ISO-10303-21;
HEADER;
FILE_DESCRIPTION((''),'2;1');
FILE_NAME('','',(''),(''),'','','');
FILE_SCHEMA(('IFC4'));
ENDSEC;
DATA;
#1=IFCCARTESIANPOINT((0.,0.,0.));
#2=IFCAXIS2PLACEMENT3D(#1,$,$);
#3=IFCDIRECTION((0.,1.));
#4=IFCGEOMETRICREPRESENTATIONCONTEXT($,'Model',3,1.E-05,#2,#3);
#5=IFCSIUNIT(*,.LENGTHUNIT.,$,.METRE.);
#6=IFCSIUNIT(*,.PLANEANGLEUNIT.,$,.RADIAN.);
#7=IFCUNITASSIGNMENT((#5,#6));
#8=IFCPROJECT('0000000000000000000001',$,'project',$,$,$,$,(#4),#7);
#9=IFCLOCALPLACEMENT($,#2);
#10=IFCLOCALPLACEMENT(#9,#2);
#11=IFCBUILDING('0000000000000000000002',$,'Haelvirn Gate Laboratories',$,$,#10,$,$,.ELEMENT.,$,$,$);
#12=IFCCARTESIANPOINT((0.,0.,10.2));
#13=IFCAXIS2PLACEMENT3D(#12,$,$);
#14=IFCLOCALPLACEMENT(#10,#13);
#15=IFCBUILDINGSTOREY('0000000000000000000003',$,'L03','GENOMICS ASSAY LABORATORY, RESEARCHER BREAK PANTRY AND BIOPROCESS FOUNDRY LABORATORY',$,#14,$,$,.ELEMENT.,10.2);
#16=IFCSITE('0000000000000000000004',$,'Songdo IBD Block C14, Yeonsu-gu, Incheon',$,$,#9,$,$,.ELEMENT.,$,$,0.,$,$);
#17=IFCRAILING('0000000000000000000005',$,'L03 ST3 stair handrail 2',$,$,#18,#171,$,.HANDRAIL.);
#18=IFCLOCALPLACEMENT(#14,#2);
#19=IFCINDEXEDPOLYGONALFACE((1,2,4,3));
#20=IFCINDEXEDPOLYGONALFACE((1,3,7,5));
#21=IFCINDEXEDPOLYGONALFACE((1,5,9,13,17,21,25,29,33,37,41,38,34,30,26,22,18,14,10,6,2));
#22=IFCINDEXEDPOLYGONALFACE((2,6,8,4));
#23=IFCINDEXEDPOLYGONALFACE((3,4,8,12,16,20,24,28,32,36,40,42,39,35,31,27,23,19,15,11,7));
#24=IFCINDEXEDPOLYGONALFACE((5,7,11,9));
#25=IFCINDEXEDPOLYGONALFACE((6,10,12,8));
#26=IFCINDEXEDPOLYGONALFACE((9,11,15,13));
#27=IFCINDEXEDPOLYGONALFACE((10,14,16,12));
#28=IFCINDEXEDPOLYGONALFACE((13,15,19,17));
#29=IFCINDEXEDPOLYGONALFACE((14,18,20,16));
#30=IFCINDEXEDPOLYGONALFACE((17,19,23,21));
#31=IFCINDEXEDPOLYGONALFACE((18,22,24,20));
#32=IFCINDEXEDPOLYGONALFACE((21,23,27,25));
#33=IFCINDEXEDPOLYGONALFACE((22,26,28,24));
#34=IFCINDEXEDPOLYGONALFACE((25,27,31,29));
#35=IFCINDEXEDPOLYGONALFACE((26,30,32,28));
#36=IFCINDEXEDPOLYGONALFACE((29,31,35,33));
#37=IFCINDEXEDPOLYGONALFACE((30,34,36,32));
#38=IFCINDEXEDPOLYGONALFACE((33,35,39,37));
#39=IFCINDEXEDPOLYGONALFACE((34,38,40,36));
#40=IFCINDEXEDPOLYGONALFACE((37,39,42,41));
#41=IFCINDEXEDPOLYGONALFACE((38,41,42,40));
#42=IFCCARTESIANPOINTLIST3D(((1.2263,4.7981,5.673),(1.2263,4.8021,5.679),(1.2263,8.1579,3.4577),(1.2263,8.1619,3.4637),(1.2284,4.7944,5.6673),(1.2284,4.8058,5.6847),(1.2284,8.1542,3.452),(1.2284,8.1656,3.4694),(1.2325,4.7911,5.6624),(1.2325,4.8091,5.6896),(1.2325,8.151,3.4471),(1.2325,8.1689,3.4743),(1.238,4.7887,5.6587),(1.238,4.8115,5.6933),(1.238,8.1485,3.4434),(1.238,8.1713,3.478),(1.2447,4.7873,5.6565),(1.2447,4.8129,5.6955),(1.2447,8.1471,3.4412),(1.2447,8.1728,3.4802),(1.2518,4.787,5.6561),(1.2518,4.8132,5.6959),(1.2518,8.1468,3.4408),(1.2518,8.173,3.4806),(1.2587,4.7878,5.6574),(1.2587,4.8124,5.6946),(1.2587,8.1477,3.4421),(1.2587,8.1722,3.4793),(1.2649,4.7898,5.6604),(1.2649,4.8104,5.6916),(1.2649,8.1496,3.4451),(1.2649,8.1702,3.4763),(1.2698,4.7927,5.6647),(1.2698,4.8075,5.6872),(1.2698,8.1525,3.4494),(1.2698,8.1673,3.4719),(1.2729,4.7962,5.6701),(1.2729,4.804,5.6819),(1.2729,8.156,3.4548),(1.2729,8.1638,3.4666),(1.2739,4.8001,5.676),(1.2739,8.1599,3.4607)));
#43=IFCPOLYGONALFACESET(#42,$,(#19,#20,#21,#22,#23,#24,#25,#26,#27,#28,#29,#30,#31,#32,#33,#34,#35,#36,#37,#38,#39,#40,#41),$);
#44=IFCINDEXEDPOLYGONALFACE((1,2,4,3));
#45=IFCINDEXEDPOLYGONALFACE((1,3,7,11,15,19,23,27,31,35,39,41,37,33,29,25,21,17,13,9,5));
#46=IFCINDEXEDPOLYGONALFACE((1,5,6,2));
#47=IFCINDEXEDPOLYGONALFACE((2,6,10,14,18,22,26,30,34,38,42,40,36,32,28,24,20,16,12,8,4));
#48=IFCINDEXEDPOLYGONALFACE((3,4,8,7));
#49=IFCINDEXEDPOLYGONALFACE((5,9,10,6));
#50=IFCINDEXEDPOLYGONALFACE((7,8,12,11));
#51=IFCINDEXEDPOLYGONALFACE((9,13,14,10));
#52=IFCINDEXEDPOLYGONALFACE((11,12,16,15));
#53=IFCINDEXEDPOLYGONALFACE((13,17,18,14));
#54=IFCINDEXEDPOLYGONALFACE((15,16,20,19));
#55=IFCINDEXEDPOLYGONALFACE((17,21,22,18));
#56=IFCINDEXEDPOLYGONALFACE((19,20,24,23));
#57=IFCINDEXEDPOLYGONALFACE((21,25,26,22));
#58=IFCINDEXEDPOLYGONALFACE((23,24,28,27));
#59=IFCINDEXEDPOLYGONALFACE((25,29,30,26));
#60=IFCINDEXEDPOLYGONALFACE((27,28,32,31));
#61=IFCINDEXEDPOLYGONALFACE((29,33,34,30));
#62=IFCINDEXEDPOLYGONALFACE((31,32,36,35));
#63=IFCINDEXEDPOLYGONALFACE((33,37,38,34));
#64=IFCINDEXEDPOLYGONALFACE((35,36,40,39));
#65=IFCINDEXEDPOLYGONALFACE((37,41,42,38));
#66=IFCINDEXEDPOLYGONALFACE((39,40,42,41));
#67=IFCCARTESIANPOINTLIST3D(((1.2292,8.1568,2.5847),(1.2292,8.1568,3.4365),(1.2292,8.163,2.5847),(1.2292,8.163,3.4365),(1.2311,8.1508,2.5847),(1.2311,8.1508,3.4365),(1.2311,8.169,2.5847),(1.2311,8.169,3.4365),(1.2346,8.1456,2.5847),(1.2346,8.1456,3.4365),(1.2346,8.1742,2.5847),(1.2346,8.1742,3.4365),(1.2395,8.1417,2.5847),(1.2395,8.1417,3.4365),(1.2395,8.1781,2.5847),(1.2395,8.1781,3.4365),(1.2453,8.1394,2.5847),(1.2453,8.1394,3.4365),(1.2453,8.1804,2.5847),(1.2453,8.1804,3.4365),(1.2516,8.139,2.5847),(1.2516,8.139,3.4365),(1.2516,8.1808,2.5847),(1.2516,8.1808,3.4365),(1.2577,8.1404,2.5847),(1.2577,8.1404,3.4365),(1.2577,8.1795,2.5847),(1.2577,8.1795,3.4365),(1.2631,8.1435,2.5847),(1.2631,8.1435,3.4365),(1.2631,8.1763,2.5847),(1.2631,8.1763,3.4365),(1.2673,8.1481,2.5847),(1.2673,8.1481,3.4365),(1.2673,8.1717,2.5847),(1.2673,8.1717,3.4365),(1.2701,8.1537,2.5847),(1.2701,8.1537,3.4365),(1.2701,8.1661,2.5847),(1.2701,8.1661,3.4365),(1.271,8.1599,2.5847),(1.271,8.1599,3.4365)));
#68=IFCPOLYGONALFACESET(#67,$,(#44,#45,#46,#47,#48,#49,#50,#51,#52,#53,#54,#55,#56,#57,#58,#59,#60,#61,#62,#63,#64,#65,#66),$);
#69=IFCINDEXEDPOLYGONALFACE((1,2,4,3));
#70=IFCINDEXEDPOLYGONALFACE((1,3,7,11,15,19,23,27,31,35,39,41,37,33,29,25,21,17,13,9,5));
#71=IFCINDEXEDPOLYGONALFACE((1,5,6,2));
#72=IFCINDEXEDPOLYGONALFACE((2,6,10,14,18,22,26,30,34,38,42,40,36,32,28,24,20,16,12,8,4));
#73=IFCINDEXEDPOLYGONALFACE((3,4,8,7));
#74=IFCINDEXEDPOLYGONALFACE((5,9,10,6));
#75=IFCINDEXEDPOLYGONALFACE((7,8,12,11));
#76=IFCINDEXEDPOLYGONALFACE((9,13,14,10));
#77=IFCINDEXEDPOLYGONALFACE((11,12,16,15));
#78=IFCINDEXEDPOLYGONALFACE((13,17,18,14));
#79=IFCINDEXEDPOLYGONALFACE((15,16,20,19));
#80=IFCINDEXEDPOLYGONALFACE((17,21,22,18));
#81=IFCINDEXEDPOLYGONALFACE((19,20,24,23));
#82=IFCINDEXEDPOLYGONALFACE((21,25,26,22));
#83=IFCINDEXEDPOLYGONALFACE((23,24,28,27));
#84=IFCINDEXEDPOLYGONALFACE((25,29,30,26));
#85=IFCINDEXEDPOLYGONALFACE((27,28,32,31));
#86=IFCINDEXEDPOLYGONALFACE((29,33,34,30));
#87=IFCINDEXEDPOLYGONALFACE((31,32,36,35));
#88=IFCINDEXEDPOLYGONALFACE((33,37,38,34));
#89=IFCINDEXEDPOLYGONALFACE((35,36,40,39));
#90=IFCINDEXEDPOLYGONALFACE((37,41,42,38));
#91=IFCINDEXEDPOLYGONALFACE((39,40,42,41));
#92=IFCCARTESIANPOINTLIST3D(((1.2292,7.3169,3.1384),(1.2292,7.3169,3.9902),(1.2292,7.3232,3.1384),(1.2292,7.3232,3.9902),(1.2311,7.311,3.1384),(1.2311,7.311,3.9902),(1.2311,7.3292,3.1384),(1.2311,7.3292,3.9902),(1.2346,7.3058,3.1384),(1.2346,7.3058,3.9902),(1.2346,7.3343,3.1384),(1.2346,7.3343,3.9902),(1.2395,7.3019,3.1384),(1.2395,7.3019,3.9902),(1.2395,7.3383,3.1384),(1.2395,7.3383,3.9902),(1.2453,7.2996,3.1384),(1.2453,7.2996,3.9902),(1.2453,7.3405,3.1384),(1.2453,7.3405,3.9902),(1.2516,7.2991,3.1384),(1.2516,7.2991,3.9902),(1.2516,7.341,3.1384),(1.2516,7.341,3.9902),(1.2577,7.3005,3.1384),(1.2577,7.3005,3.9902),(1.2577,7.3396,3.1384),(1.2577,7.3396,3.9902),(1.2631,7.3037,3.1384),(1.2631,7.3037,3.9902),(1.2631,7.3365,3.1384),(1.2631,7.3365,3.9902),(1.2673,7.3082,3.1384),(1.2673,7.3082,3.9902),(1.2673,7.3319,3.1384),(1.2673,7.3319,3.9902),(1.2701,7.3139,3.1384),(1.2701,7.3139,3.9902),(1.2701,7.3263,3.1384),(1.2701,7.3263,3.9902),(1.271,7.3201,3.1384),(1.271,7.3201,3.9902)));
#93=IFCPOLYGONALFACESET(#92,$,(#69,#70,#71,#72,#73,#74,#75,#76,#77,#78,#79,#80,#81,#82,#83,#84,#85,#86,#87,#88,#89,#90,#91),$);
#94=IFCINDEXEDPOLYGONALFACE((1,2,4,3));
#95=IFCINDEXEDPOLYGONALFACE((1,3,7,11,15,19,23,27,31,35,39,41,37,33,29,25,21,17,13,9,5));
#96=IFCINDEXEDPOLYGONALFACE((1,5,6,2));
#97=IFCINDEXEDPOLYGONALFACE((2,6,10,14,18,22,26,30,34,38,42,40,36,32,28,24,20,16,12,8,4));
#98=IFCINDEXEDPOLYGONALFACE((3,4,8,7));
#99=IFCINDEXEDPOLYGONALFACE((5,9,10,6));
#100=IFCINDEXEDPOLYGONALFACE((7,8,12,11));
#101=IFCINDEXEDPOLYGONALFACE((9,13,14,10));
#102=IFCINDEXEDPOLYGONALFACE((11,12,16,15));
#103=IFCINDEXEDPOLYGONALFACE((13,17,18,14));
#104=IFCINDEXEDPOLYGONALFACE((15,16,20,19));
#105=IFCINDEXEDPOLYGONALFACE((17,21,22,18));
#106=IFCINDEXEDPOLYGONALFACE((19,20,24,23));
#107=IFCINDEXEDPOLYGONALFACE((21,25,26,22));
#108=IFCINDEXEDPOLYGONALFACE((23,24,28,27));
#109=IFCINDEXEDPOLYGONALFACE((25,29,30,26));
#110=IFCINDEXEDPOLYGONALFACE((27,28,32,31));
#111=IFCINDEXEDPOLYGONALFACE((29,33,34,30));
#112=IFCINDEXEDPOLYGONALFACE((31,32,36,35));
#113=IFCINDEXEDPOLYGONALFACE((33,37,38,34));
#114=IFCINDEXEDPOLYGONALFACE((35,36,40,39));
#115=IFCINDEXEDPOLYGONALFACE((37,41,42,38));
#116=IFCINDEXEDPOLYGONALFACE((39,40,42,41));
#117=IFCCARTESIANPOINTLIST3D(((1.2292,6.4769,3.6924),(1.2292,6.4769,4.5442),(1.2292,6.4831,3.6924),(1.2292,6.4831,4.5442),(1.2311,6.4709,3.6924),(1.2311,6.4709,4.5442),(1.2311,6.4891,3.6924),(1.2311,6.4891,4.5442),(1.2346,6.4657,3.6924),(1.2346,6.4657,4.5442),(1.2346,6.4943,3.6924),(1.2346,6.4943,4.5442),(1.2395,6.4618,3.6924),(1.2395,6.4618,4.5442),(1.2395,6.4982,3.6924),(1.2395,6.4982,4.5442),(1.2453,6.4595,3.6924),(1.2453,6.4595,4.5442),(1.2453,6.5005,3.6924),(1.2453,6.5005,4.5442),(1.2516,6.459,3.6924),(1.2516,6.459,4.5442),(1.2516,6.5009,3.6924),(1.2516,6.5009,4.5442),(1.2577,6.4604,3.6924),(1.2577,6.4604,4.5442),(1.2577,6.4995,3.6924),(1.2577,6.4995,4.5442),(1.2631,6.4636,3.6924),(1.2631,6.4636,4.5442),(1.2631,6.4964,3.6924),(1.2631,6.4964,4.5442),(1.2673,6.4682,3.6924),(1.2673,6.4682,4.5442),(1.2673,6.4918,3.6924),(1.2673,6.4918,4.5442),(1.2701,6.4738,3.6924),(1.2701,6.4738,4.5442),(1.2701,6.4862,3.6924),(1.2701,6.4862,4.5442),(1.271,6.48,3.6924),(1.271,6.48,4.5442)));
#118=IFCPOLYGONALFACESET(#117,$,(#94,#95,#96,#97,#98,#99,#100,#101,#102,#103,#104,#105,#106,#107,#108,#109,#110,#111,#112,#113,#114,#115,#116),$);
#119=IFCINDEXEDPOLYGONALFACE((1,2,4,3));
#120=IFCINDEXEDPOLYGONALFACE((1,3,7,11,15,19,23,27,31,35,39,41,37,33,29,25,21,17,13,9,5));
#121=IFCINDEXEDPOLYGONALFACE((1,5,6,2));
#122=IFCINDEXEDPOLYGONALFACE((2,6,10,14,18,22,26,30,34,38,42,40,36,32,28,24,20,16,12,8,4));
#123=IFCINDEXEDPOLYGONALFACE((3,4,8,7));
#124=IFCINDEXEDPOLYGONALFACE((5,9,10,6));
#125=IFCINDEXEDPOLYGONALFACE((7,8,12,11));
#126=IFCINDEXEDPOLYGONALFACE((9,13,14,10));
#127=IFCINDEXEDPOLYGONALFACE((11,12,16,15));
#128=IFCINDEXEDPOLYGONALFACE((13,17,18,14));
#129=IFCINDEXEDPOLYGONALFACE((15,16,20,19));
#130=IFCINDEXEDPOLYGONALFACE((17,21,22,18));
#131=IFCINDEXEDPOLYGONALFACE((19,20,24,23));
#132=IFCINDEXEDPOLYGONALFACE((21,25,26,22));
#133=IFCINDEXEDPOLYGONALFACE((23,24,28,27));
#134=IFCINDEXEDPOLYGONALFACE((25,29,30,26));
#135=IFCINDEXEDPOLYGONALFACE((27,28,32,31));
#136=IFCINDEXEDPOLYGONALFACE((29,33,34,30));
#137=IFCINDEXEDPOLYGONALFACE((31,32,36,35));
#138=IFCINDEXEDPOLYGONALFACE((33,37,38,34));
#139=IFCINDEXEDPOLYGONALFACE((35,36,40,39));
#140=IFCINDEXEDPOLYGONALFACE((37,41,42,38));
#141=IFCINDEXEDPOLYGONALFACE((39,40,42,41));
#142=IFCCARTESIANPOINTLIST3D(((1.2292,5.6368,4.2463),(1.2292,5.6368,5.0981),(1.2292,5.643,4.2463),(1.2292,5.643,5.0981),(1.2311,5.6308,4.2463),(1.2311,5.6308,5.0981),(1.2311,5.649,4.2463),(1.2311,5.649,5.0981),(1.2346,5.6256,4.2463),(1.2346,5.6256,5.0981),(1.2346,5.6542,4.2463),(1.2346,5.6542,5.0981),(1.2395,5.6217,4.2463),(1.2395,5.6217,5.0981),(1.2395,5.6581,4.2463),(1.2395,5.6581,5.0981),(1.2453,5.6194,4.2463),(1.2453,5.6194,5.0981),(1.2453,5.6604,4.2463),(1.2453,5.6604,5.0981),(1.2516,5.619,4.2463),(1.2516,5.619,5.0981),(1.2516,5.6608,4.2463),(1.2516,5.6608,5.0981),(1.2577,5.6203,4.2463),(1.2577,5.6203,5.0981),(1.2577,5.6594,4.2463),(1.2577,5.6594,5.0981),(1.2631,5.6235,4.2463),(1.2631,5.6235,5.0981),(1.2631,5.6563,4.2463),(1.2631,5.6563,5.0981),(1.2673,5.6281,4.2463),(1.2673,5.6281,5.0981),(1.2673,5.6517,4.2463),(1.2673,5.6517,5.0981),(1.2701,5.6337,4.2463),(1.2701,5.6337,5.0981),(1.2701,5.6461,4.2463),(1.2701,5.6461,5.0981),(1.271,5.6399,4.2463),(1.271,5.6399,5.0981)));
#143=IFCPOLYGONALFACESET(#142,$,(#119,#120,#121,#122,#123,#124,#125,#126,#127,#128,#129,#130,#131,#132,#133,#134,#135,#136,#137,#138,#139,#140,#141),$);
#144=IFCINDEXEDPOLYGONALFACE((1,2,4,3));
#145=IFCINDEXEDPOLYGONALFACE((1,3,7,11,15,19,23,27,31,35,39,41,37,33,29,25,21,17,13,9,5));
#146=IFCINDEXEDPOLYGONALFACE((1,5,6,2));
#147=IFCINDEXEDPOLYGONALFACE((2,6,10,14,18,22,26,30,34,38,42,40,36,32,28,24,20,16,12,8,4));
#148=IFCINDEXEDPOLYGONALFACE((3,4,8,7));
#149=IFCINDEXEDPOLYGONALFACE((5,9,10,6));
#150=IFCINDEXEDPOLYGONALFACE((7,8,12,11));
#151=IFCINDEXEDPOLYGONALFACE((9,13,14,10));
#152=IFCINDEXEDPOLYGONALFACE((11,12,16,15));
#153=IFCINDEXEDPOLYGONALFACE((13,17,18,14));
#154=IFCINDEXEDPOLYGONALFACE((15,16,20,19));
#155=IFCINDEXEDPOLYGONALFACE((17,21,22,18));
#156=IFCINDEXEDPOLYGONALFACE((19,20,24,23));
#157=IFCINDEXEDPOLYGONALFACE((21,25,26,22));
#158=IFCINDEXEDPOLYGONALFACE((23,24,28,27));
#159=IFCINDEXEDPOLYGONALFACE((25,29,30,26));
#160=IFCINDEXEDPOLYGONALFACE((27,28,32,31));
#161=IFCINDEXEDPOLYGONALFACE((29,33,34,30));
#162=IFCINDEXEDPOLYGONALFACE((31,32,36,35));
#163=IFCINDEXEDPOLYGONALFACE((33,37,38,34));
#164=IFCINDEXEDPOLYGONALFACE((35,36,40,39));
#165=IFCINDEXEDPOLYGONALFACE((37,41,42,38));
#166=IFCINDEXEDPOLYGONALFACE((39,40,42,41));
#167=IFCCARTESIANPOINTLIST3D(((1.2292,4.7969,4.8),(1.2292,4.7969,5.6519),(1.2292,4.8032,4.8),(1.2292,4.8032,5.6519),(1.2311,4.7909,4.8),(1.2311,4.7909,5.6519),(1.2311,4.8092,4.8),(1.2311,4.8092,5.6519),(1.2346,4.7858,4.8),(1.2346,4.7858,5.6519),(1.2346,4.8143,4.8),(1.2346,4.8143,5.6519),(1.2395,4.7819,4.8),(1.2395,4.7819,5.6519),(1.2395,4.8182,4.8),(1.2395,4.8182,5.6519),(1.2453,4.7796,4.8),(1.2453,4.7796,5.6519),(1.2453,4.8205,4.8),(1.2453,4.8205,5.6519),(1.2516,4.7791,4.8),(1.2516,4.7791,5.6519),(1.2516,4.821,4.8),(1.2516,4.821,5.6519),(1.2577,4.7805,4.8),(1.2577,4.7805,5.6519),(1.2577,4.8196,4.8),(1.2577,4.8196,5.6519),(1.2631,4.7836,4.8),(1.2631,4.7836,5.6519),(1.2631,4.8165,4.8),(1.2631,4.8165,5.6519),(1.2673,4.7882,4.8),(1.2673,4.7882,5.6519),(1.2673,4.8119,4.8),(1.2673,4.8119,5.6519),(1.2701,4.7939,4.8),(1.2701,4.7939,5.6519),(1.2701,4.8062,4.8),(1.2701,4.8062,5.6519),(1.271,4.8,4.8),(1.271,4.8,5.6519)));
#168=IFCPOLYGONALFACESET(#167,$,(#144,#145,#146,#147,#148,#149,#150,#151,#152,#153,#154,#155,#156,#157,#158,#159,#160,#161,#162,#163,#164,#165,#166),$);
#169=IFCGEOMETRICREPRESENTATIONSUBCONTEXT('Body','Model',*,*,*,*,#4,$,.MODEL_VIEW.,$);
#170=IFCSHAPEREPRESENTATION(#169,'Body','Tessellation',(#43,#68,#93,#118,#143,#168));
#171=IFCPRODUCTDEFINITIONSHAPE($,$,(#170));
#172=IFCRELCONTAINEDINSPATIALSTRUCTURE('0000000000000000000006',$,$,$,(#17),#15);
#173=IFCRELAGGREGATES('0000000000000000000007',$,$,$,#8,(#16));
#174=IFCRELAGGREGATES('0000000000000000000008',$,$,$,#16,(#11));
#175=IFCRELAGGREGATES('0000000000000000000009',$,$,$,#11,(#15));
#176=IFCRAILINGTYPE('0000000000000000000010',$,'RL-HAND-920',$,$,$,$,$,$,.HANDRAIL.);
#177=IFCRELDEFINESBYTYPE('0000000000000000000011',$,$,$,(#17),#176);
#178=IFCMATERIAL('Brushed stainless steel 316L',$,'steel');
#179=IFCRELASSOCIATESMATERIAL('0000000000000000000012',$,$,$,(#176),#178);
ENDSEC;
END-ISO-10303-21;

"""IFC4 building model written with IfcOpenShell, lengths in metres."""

from ifc_helpers import new_model, si_unit, direction, frame, origin, origin_2d, place, context, subcontext, project, spatial, circle, extrude, source, transform, mapped, material, type_object, element, save


model = new_model("IFC4")

# Units and contexts
model_context = context("Model", 3, precision=1e-05, world=origin(), true_north=direction((0.0, 1.0)))
body_context = subcontext(model_context, "Body", "Model", "MODEL_VIEW")
ifc_project = project(units=[si_unit("LENGTHUNIT", "METRE"), si_unit("PLANEANGLEUNIT", "RADIAN")], contexts=[model_context])

# Site, building, storey
site_placement = place(None, origin())
site = spatial("IfcSite", under=ifc_project, at=site_placement, Name="Songdo IBD Block C14, Yeonsu-gu, Incheon", CompositionType="ELEMENT", RefElevation=0.0)
building_placement = place(site_placement, origin())
building = spatial("IfcBuilding", under=site, at=building_placement, Name="Haelvirn Gate Laboratories", CompositionType="ELEMENT")
storey_placement = place(building_placement, frame((0.0, 0.0, 10.2)))
storey = spatial("IfcBuildingStorey", under=building, at=storey_placement, Name="L03", Description="GENOMICS ASSAY LABORATORY, RESEARCHER BREAK PANTRY AND BIOPROCESS FOUNDRY LABORATORY", CompositionType="ELEMENT", Elevation=10.2)

# Railing
ifc_material_1 = material(Name="Brushed stainless steel 316L", Category="steel")
railing_type_1 = type_object("IfcRailingType", Name="RL-HAND-920", PredefinedType="HANDRAIL", material=ifc_material_1)
shared_shape_1 = source(origin(), body_context, "Body", "SweptSolid", [
    extrude(circle(Radius=0.0239, at=origin_2d()), frame((0.0, 0.0, 0.876), z_axis=(0.0, -0.834858, 0.550465), x_axis=(1.0, 0.0, 0.0)), (0.0, 0.0, 1.0), 4.0244),
    extrude(circle(Radius=0.021, at=origin_2d()), origin(), (0.0, 0.0, 1.0), 0.8518),
    extrude(circle(Radius=0.021, at=origin_2d()), frame((0.0, -0.8398, 0.5537)), (0.0, 0.0, 1.0), 0.8518),
    extrude(circle(Radius=0.021, at=origin_2d()), frame((0.0, -1.6799, 1.1077)), (0.0, 0.0, 1.0), 0.8518),
    extrude(circle(Radius=0.021, at=origin_2d()), frame((0.0, -2.52, 1.6616)), (0.0, 0.0, 1.0), 0.8518),
    extrude(circle(Radius=0.021, at=origin_2d()), frame((0.0, -3.3599, 2.2153)), (0.0, 0.0, 1.0), 0.8518),
])
railing_1_placement = place(storey_placement, frame((1.25, 8.1599, 2.5847)))
element("IfcRailing", 1, at=railing_1_placement, inside=storey, type_object=railing_type_1, Name="L03 ST3 stair handrail 2", PredefinedType="HANDRAIL", context=body_context, shape_type="MappedRepresentation", body=[
    mapped(shared_shape_1, transform((0.0, 0.0, 0.0), scale=1.0)),
])

save(model, "model.ifc")
